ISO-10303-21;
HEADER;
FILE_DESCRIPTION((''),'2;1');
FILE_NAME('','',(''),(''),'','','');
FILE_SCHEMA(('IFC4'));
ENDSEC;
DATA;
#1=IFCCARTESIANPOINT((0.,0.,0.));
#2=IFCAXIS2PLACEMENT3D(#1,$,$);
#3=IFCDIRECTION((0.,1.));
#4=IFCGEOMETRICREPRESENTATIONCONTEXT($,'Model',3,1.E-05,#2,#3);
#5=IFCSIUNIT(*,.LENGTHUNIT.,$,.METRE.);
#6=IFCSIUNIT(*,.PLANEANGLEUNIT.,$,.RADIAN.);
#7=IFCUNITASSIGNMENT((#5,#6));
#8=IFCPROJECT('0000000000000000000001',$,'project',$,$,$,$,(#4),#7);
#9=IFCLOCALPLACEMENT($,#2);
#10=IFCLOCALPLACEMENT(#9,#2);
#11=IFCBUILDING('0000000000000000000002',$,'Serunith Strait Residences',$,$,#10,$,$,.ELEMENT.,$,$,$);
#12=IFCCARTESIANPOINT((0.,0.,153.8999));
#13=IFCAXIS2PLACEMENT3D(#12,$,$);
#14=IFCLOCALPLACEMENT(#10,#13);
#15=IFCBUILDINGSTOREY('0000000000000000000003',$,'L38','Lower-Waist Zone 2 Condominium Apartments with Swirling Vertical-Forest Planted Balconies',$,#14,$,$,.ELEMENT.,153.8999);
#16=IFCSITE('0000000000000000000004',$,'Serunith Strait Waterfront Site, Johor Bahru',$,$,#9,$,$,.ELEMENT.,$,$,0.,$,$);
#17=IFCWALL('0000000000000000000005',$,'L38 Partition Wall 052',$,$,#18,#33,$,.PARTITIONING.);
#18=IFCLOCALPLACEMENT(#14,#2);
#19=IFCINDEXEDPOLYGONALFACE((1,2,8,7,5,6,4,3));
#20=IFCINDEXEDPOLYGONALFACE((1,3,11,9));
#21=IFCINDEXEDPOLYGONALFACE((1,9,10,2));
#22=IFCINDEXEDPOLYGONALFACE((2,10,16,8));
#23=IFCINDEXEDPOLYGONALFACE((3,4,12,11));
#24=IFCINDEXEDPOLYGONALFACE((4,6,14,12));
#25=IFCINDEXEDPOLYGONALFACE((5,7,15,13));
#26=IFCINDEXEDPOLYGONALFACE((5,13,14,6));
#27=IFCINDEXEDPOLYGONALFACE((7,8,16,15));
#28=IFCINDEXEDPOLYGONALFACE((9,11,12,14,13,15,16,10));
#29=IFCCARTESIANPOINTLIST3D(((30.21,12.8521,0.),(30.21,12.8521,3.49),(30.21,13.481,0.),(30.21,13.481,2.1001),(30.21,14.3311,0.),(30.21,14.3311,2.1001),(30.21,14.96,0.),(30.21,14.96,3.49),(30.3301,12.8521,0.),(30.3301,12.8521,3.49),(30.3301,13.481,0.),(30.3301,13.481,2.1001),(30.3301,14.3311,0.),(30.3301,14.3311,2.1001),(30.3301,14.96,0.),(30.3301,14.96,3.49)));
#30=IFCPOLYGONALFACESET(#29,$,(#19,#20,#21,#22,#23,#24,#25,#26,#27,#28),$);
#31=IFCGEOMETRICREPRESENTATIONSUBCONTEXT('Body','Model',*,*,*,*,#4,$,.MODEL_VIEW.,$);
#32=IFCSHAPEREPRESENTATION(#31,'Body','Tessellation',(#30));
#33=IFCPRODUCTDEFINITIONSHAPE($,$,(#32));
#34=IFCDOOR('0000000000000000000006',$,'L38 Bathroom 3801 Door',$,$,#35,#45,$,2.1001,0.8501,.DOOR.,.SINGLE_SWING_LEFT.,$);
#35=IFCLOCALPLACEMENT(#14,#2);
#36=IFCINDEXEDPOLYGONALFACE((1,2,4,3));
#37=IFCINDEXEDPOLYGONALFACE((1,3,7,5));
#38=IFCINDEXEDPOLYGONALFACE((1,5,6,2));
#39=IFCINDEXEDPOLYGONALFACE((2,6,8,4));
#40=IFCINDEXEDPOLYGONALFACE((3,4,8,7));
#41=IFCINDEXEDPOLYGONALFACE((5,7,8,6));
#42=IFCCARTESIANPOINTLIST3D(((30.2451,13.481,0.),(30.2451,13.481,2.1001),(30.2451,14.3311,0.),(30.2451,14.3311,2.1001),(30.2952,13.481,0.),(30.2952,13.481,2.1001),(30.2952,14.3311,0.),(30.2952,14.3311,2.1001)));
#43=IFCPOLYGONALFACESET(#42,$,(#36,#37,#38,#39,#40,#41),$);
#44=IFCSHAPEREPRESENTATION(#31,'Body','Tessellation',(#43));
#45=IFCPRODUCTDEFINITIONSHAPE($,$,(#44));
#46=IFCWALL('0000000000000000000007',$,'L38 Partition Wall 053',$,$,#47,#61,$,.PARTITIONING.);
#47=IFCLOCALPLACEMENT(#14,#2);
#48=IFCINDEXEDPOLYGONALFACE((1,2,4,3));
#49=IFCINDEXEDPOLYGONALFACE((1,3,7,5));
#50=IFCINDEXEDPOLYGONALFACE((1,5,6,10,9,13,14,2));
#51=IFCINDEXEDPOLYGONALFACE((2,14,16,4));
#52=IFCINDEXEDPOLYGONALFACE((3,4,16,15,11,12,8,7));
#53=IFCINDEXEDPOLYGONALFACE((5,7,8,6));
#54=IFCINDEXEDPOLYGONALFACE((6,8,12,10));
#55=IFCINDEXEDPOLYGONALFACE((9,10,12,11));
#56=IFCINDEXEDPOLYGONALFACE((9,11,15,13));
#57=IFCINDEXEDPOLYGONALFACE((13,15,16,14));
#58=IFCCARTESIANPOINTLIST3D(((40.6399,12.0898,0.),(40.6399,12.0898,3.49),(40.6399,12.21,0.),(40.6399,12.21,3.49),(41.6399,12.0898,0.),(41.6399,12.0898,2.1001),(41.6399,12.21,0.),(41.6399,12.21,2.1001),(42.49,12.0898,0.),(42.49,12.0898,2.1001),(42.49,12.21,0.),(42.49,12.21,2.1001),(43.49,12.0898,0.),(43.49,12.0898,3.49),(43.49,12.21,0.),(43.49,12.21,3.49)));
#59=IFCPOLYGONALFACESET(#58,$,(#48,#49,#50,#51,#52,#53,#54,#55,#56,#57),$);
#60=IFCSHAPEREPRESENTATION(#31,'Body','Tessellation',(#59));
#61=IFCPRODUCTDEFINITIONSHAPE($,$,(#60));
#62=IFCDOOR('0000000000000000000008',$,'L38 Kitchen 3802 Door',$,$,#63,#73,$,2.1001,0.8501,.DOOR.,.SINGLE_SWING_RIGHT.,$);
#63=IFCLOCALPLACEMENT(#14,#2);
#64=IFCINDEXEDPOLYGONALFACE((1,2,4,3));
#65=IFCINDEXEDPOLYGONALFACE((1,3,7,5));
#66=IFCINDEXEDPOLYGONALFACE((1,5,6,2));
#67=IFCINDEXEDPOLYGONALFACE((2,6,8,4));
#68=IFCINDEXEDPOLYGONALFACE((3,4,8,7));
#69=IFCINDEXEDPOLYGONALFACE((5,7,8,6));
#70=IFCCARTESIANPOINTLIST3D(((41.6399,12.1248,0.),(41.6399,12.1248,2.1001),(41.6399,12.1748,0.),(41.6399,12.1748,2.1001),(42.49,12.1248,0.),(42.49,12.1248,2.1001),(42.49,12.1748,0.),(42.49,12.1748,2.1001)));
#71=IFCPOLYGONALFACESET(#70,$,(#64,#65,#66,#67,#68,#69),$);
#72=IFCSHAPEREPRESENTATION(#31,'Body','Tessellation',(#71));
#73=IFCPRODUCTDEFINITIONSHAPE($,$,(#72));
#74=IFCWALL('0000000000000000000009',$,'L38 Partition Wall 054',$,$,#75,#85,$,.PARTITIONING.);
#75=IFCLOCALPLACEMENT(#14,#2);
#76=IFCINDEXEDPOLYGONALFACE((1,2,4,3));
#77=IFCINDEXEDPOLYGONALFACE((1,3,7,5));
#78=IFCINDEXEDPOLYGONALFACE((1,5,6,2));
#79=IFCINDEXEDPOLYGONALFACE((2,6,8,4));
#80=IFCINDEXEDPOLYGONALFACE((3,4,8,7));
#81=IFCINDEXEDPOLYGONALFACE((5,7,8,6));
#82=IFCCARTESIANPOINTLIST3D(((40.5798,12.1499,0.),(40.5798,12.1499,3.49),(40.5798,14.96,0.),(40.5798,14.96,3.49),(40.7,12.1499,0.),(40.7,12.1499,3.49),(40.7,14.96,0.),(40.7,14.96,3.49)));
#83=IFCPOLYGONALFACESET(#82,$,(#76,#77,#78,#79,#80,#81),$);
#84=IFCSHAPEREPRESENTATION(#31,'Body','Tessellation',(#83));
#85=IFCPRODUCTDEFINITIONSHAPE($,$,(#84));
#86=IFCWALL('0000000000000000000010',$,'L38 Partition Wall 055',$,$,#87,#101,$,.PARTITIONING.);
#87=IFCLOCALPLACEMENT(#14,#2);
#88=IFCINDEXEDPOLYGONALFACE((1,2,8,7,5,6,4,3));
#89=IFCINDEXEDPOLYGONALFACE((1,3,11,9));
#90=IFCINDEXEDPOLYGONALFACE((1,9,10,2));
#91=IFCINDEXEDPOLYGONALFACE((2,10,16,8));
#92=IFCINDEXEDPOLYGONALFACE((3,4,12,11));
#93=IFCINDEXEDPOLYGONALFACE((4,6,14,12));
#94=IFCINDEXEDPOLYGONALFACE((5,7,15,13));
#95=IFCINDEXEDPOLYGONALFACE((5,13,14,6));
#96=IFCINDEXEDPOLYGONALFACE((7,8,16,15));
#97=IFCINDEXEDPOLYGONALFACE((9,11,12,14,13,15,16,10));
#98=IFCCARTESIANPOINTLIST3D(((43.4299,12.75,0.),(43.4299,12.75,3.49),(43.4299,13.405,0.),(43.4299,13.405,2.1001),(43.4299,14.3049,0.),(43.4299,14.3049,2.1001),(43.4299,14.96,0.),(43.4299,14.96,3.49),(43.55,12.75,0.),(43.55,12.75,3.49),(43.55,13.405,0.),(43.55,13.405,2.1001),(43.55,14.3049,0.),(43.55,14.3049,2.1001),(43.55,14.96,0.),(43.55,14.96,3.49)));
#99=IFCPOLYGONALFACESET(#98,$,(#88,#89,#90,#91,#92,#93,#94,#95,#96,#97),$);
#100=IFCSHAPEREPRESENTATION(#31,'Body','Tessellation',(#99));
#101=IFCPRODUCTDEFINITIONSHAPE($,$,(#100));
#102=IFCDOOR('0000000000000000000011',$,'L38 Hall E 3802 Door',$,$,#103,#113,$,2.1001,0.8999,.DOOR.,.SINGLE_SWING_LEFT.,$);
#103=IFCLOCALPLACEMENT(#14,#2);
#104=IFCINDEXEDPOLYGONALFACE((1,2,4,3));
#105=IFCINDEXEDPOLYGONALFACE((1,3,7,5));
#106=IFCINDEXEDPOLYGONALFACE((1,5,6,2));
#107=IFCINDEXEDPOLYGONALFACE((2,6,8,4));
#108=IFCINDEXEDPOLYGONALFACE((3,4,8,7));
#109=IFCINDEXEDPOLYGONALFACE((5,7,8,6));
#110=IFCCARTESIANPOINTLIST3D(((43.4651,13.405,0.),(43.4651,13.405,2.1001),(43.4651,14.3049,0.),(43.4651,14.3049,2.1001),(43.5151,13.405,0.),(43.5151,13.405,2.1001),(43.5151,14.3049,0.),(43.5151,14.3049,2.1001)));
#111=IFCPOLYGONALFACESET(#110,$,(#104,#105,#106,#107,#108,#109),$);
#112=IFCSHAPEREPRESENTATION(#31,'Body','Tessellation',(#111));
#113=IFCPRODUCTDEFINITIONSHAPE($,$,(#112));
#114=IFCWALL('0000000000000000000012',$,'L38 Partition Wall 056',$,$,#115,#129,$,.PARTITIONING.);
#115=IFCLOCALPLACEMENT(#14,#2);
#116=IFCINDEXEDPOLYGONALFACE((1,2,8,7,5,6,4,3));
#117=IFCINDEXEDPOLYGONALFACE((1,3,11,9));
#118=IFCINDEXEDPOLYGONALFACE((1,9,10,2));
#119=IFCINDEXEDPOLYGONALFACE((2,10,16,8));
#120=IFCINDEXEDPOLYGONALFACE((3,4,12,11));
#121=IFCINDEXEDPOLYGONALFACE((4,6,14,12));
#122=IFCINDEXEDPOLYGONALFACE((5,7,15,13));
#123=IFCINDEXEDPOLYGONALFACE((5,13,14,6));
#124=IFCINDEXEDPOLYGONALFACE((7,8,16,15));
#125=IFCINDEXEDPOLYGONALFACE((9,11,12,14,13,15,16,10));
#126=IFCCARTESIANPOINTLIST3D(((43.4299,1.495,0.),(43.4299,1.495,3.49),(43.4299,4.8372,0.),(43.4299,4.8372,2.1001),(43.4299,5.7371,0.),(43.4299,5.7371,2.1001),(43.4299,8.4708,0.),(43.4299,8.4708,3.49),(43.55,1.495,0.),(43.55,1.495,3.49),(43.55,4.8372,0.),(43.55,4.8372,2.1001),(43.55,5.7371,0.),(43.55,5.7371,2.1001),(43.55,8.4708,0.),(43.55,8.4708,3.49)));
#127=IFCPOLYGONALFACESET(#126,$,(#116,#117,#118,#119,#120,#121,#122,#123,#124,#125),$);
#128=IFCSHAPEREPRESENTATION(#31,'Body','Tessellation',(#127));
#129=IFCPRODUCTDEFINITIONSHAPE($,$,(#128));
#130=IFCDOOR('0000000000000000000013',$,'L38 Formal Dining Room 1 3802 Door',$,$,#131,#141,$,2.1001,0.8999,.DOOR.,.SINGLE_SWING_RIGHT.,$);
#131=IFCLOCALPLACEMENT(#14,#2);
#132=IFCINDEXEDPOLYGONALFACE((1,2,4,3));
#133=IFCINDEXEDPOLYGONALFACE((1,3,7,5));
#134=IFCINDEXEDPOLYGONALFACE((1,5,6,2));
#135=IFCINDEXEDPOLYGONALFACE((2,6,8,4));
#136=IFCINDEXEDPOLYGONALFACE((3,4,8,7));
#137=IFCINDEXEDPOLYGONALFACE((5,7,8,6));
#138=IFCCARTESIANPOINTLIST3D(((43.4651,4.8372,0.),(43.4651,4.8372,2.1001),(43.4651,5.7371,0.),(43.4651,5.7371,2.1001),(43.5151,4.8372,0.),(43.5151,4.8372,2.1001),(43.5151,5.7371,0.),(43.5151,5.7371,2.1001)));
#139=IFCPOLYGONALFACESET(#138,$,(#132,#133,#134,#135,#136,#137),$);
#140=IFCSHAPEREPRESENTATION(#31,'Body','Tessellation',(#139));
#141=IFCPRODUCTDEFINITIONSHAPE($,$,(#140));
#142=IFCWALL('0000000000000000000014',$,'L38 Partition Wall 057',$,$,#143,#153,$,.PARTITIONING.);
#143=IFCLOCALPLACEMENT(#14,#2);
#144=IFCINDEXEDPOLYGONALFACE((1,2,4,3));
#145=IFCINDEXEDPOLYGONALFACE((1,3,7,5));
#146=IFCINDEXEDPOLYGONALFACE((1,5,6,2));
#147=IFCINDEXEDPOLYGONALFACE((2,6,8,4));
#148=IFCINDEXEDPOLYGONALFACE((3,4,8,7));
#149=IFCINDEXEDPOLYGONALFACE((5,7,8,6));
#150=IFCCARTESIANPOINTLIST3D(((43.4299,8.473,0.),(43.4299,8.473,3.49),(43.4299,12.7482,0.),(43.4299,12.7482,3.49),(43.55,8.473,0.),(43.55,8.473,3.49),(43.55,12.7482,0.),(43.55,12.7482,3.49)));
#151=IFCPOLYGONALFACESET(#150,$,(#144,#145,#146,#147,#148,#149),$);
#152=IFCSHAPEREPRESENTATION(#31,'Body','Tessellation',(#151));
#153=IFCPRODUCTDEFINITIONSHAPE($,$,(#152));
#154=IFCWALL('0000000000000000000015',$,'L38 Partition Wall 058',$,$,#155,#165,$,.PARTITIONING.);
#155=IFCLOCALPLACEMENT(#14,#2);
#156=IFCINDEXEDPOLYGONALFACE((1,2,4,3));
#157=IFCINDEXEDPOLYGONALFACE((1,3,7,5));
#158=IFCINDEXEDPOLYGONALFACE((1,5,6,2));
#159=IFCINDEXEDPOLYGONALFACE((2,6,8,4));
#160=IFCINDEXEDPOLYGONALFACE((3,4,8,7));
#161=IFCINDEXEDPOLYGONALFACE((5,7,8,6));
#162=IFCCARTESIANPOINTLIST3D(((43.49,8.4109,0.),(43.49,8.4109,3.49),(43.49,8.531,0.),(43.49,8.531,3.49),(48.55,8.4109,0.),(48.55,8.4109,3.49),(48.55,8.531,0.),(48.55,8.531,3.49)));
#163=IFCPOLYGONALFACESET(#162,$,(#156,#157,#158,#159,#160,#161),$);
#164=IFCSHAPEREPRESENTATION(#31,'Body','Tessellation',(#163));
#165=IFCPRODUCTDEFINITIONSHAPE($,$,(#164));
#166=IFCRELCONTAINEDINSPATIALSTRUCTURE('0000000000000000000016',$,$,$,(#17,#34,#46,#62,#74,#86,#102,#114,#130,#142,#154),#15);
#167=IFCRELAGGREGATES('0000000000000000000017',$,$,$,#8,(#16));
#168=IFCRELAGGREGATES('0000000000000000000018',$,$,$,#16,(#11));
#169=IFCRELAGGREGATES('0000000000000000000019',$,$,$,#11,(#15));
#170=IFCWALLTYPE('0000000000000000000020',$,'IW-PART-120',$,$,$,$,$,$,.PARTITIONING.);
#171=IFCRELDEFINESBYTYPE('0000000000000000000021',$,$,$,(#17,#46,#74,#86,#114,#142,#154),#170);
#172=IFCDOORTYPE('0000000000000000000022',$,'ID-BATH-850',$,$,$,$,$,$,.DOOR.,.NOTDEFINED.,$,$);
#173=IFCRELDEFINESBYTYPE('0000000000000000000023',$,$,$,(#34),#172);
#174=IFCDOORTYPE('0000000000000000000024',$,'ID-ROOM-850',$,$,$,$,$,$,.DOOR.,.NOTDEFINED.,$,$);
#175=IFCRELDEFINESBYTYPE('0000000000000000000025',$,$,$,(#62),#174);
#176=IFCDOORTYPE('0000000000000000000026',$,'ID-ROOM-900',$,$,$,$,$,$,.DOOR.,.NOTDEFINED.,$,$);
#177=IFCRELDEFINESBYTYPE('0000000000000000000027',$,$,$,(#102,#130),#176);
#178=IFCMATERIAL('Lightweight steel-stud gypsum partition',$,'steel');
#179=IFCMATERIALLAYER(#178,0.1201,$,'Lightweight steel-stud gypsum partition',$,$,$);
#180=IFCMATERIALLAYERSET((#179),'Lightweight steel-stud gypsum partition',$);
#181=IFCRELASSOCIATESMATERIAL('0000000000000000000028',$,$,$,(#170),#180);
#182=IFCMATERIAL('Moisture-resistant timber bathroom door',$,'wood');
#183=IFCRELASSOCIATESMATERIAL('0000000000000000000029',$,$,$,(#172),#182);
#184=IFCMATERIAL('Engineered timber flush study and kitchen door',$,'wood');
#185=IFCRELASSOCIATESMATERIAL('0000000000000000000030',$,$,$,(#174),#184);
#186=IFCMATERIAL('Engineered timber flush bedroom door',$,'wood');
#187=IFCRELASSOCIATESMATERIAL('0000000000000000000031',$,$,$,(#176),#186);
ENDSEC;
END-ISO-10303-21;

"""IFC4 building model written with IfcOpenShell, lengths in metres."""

from ifc_helpers import new_model, si_unit, direction, frame, frame_2d, origin, place, context, subcontext, project, spatial, rectangle, extrude, source, transform, mapped, material, layer, layer_set, type_object, element, fill, save


model = new_model("IFC4")

# Units and contexts
model_context = context("Model", 3, precision=1e-05, world=origin(), true_north=direction((0.0, 1.0)))
body_context = subcontext(model_context, "Body", "Model", "MODEL_VIEW")
ifc_project = project(units=[si_unit("LENGTHUNIT", "METRE"), si_unit("PLANEANGLEUNIT", "RADIAN")], contexts=[model_context])

# Site, building, storey
site_placement = place(None, origin())
site = spatial("IfcSite", under=ifc_project, at=site_placement, Name="Serunith Strait Waterfront Site, Johor Bahru", CompositionType="ELEMENT", RefElevation=0.0)
building_placement = place(site_placement, origin())
building = spatial("IfcBuilding", under=site, at=building_placement, Name="Serunith Strait Residences", CompositionType="ELEMENT")
storey_placement = place(building_placement, frame((0.0, 0.0, 153.8999)))
storey = spatial("IfcBuildingStorey", under=building, at=storey_placement, Name="L38", Description="Lower-Waist Zone 2 Condominium Apartments with Swirling Vertical-Forest Planted Balconies", CompositionType="ELEMENT", Elevation=153.8999)

# Walls, openings, doors
ifc_material_1 = material(Name="Lightweight steel-stud gypsum partition", Category="steel")
ifc_layer_1 = layer(ifc_material_1, 0.1201, Name="Lightweight steel-stud gypsum partition")
ifc_layer_set_1 = layer_set([ifc_layer_1], Name="Lightweight steel-stud gypsum partition")
wall_type_1 = type_object("IfcWallType", Name="IW-PART-120", PredefinedType="PARTITIONING", material=ifc_layer_set_1)
wall_1_placement = place(storey_placement, frame((30.27, 12.8521, 0.0), z_axis=(0.0, 0.0, 1.0), x_axis=(0.0, 1.0, 0.0)))
wall_1 = element("IfcWall", 1, at=wall_1_placement, inside=storey, type_object=wall_type_1, Name="L38 Partition Wall 052", PredefinedType="PARTITIONING", context=body_context, shape_type="SweptSolid", body=[
    extrude(rectangle(XDim=2.1079, YDim=0.1201, at=frame_2d((1.054, 0.0))), origin(), (0.0, 0.0, 1.0), 3.49),
])
opening_1_placement = place(wall_1_placement, frame((0.6289, 0.0, 0.0)))
opening_1 = element("IfcOpeningElement", 2, at=opening_1_placement, cuts=wall_1, PredefinedType="OPENING", context=body_context, shape_type="SweptSolid", body=[
    extrude(rectangle(XDim=0.8501, YDim=2.1001, at=frame_2d((0.425, 1.05))), frame((0.0, 0.0701, 0.0), z_axis=(0.0, -1.0, 0.0), x_axis=(1.0, 0.0, 0.0)), (0.0, 0.0, 1.0), 0.1401),
])
ifc_material_2 = material(Name="Moisture-resistant timber bathroom door", Category="wood")
door_type_1 = type_object("IfcDoorType", Name="ID-BATH-850", OperationType="NOTDEFINED", PredefinedType="DOOR", material=ifc_material_2)
shared_shape_1 = source(origin(), body_context, "Body", "SweptSolid", [
    extrude(rectangle(XDim=0.8501, YDim=2.1001, at=frame_2d((0.425, 1.05))), frame((0.0, 0.0249, 0.0), z_axis=(0.0, -1.0, 0.0), x_axis=(1.0, 0.0, 0.0)), (0.0, 0.0, 1.0), 0.05),
])
door_1_placement = place(opening_1_placement, origin())
door_1 = element("IfcDoor", 3, at=door_1_placement, inside=storey, type_object=door_type_1, Name="L38 Bathroom 3801 Door", OperationType="SINGLE_SWING_LEFT", OverallHeight=2.1001, OverallWidth=0.8501, PredefinedType="DOOR", context=body_context, shape_type="MappedRepresentation", body=[
    mapped(shared_shape_1, transform((0.0, 0.0, 0.0), scale=1.0)),
])
fill(opening_1, door_1)
wall_2_placement = place(storey_placement, frame((40.6399, 12.1499, 0.0), z_axis=(0.0, 0.0, 1.0), x_axis=(1.0, 0.0, 0.0)))
wall_2 = element("IfcWall", 4, at=wall_2_placement, inside=storey, type_object=wall_type_1, Name="L38 Partition Wall 053", PredefinedType="PARTITIONING", context=body_context, shape_type="SweptSolid", body=[
    extrude(rectangle(XDim=2.8501, YDim=0.1201, at=frame_2d((1.425, 0.0))), origin(), (0.0, 0.0, 1.0), 3.49),
])
opening_2_placement = place(wall_2_placement, frame((1.0, 0.0, 0.0)))
opening_2 = element("IfcOpeningElement", 5, at=opening_2_placement, cuts=wall_2, PredefinedType="OPENING", context=body_context, shape_type="SweptSolid", body=[
    extrude(rectangle(XDim=0.8501, YDim=2.1001, at=frame_2d((0.425, 1.05))), frame((0.0, 0.0701, 0.0), z_axis=(0.0, -1.0, 0.0), x_axis=(1.0, 0.0, 0.0)), (0.0, 0.0, 1.0), 0.1401),
])
ifc_material_3 = material(Name="Engineered timber flush study and kitchen door", Category="wood")
door_type_2 = type_object("IfcDoorType", Name="ID-ROOM-850", OperationType="NOTDEFINED", PredefinedType="DOOR", material=ifc_material_3)
door_2_placement = place(opening_2_placement, origin())
door_2 = element("IfcDoor", 6, at=door_2_placement, inside=storey, type_object=door_type_2, Name="L38 Kitchen 3802 Door", OperationType="SINGLE_SWING_RIGHT", OverallHeight=2.1001, OverallWidth=0.8501, PredefinedType="DOOR", context=body_context, shape_type="MappedRepresentation", body=[
    mapped(shared_shape_1, transform((0.0, 0.0, 0.0), scale=1.0)),
])
fill(opening_2, door_2)

# Wall
wall_3_placement = place(storey_placement, frame((40.6399, 12.1499, 0.0), z_axis=(0.0, 0.0, 1.0), x_axis=(0.0, 1.0, 0.0)))
element("IfcWall", 7, at=wall_3_placement, inside=storey, type_object=wall_type_1, Name="L38 Partition Wall 054", PredefinedType="PARTITIONING", context=body_context, shape_type="SweptSolid", body=[
    extrude(rectangle(XDim=2.8101, YDim=0.1201, at=frame_2d((1.405, 0.0))), origin(), (0.0, 0.0, 1.0), 3.49),
])

# Walls, openings, doors
wall_4_placement = place(storey_placement, frame((43.49, 12.75, 0.0), z_axis=(0.0, 0.0, 1.0), x_axis=(0.0, 1.0, 0.0)))
wall_4 = element("IfcWall", 8, at=wall_4_placement, inside=storey, type_object=wall_type_1, Name="L38 Partition Wall 055", PredefinedType="PARTITIONING", context=body_context, shape_type="SweptSolid", body=[
    extrude(rectangle(XDim=2.21, YDim=0.1201, at=frame_2d((1.105, 0.0))), origin(), (0.0, 0.0, 1.0), 3.49),
])
opening_3_placement = place(wall_4_placement, frame((0.655, 0.0, 0.0)))
opening_3 = element("IfcOpeningElement", 9, at=opening_3_placement, cuts=wall_4, PredefinedType="OPENING", context=body_context, shape_type="SweptSolid", body=[
    extrude(rectangle(XDim=0.8999, YDim=2.1001, at=frame_2d((0.45, 1.05))), frame((0.0, 0.0701, 0.0), z_axis=(0.0, -1.0, 0.0), x_axis=(1.0, 0.0, 0.0)), (0.0, 0.0, 1.0), 0.1401),
])
ifc_material_4 = material(Name="Engineered timber flush bedroom door", Category="wood")
door_type_3 = type_object("IfcDoorType", Name="ID-ROOM-900", OperationType="NOTDEFINED", PredefinedType="DOOR", material=ifc_material_4)
shared_shape_2 = source(origin(), body_context, "Body", "SweptSolid", [
    extrude(rectangle(XDim=0.8999, YDim=2.1001, at=frame_2d((0.45, 1.05))), frame((0.0, 0.0249, 0.0), z_axis=(0.0, -1.0, 0.0), x_axis=(1.0, 0.0, 0.0)), (0.0, 0.0, 1.0), 0.05),
])
door_3_placement = place(opening_3_placement, origin())
door_3 = element("IfcDoor", 10, at=door_3_placement, inside=storey, type_object=door_type_3, Name="L38 Hall E 3802 Door", OperationType="SINGLE_SWING_LEFT", OverallHeight=2.1001, OverallWidth=0.8999, PredefinedType="DOOR", context=body_context, shape_type="MappedRepresentation", body=[
    mapped(shared_shape_2, transform((0.0, 0.0, 0.0), scale=1.0)),
])
fill(opening_3, door_3)
wall_5_placement = place(storey_placement, frame((43.49, 1.4951, 0.0), z_axis=(0.0, 0.0, 1.0), x_axis=(0.0, 1.0, 0.0)))
wall_5 = element("IfcWall", 11, at=wall_5_placement, inside=storey, type_object=wall_type_1, Name="L38 Partition Wall 056", PredefinedType="PARTITIONING", context=body_context, shape_type="SweptSolid", body=[
    extrude(rectangle(XDim=6.9758, YDim=0.1201, at=frame_2d((3.4878, 0.0))), origin(), (0.0, 0.0, 1.0), 3.49),
])
opening_4_placement = place(wall_5_placement, frame((3.342, 0.0, 0.0)))
opening_4 = element("IfcOpeningElement", 12, at=opening_4_placement, cuts=wall_5, PredefinedType="OPENING", context=body_context, shape_type="SweptSolid", body=[
    extrude(rectangle(XDim=0.8999, YDim=2.1001, at=frame_2d((0.45, 1.05))), frame((0.0, 0.0701, 0.0), z_axis=(0.0, -1.0, 0.0), x_axis=(1.0, 0.0, 0.0)), (0.0, 0.0, 1.0), 0.1401),
])
door_4_placement = place(opening_4_placement, origin())
door_4 = element("IfcDoor", 13, at=door_4_placement, inside=storey, type_object=door_type_3, Name="L38 Formal Dining Room 1 3802 Door", OperationType="SINGLE_SWING_RIGHT", OverallHeight=2.1001, OverallWidth=0.8999, PredefinedType="DOOR", context=body_context, shape_type="MappedRepresentation", body=[
    mapped(shared_shape_2, transform((0.0, 0.0, 0.0), scale=1.0)),
])
fill(opening_4, door_4)

# Walls
wall_6_placement = place(storey_placement, frame((43.49, 8.4729, 0.0), z_axis=(0.0, 0.0, 1.0), x_axis=(0.0, 1.0, 0.0)))
element("IfcWall", 14, at=wall_6_placement, inside=storey, type_object=wall_type_1, Name="L38 Partition Wall 057", PredefinedType="PARTITIONING", context=body_context, shape_type="SweptSolid", body=[
    extrude(rectangle(XDim=4.2751, YDim=0.1201, at=frame_2d((2.1377, 0.0))), origin(), (0.0, 0.0, 1.0), 3.49),
])
wall_7_placement = place(storey_placement, frame((43.49, 8.4709, 0.0), z_axis=(0.0, 0.0, 1.0), x_axis=(1.0, 0.0, 0.0)))
element("IfcWall", 15, at=wall_7_placement, inside=storey, type_object=wall_type_1, Name="L38 Partition Wall 058", PredefinedType="PARTITIONING", context=body_context, shape_type="SweptSolid", body=[
    extrude(rectangle(XDim=5.0601, YDim=0.1201, at=frame_2d((2.53, 0.0))), origin(), (0.0, 0.0, 1.0), 3.49),
])

save(model, "model.ifc")
